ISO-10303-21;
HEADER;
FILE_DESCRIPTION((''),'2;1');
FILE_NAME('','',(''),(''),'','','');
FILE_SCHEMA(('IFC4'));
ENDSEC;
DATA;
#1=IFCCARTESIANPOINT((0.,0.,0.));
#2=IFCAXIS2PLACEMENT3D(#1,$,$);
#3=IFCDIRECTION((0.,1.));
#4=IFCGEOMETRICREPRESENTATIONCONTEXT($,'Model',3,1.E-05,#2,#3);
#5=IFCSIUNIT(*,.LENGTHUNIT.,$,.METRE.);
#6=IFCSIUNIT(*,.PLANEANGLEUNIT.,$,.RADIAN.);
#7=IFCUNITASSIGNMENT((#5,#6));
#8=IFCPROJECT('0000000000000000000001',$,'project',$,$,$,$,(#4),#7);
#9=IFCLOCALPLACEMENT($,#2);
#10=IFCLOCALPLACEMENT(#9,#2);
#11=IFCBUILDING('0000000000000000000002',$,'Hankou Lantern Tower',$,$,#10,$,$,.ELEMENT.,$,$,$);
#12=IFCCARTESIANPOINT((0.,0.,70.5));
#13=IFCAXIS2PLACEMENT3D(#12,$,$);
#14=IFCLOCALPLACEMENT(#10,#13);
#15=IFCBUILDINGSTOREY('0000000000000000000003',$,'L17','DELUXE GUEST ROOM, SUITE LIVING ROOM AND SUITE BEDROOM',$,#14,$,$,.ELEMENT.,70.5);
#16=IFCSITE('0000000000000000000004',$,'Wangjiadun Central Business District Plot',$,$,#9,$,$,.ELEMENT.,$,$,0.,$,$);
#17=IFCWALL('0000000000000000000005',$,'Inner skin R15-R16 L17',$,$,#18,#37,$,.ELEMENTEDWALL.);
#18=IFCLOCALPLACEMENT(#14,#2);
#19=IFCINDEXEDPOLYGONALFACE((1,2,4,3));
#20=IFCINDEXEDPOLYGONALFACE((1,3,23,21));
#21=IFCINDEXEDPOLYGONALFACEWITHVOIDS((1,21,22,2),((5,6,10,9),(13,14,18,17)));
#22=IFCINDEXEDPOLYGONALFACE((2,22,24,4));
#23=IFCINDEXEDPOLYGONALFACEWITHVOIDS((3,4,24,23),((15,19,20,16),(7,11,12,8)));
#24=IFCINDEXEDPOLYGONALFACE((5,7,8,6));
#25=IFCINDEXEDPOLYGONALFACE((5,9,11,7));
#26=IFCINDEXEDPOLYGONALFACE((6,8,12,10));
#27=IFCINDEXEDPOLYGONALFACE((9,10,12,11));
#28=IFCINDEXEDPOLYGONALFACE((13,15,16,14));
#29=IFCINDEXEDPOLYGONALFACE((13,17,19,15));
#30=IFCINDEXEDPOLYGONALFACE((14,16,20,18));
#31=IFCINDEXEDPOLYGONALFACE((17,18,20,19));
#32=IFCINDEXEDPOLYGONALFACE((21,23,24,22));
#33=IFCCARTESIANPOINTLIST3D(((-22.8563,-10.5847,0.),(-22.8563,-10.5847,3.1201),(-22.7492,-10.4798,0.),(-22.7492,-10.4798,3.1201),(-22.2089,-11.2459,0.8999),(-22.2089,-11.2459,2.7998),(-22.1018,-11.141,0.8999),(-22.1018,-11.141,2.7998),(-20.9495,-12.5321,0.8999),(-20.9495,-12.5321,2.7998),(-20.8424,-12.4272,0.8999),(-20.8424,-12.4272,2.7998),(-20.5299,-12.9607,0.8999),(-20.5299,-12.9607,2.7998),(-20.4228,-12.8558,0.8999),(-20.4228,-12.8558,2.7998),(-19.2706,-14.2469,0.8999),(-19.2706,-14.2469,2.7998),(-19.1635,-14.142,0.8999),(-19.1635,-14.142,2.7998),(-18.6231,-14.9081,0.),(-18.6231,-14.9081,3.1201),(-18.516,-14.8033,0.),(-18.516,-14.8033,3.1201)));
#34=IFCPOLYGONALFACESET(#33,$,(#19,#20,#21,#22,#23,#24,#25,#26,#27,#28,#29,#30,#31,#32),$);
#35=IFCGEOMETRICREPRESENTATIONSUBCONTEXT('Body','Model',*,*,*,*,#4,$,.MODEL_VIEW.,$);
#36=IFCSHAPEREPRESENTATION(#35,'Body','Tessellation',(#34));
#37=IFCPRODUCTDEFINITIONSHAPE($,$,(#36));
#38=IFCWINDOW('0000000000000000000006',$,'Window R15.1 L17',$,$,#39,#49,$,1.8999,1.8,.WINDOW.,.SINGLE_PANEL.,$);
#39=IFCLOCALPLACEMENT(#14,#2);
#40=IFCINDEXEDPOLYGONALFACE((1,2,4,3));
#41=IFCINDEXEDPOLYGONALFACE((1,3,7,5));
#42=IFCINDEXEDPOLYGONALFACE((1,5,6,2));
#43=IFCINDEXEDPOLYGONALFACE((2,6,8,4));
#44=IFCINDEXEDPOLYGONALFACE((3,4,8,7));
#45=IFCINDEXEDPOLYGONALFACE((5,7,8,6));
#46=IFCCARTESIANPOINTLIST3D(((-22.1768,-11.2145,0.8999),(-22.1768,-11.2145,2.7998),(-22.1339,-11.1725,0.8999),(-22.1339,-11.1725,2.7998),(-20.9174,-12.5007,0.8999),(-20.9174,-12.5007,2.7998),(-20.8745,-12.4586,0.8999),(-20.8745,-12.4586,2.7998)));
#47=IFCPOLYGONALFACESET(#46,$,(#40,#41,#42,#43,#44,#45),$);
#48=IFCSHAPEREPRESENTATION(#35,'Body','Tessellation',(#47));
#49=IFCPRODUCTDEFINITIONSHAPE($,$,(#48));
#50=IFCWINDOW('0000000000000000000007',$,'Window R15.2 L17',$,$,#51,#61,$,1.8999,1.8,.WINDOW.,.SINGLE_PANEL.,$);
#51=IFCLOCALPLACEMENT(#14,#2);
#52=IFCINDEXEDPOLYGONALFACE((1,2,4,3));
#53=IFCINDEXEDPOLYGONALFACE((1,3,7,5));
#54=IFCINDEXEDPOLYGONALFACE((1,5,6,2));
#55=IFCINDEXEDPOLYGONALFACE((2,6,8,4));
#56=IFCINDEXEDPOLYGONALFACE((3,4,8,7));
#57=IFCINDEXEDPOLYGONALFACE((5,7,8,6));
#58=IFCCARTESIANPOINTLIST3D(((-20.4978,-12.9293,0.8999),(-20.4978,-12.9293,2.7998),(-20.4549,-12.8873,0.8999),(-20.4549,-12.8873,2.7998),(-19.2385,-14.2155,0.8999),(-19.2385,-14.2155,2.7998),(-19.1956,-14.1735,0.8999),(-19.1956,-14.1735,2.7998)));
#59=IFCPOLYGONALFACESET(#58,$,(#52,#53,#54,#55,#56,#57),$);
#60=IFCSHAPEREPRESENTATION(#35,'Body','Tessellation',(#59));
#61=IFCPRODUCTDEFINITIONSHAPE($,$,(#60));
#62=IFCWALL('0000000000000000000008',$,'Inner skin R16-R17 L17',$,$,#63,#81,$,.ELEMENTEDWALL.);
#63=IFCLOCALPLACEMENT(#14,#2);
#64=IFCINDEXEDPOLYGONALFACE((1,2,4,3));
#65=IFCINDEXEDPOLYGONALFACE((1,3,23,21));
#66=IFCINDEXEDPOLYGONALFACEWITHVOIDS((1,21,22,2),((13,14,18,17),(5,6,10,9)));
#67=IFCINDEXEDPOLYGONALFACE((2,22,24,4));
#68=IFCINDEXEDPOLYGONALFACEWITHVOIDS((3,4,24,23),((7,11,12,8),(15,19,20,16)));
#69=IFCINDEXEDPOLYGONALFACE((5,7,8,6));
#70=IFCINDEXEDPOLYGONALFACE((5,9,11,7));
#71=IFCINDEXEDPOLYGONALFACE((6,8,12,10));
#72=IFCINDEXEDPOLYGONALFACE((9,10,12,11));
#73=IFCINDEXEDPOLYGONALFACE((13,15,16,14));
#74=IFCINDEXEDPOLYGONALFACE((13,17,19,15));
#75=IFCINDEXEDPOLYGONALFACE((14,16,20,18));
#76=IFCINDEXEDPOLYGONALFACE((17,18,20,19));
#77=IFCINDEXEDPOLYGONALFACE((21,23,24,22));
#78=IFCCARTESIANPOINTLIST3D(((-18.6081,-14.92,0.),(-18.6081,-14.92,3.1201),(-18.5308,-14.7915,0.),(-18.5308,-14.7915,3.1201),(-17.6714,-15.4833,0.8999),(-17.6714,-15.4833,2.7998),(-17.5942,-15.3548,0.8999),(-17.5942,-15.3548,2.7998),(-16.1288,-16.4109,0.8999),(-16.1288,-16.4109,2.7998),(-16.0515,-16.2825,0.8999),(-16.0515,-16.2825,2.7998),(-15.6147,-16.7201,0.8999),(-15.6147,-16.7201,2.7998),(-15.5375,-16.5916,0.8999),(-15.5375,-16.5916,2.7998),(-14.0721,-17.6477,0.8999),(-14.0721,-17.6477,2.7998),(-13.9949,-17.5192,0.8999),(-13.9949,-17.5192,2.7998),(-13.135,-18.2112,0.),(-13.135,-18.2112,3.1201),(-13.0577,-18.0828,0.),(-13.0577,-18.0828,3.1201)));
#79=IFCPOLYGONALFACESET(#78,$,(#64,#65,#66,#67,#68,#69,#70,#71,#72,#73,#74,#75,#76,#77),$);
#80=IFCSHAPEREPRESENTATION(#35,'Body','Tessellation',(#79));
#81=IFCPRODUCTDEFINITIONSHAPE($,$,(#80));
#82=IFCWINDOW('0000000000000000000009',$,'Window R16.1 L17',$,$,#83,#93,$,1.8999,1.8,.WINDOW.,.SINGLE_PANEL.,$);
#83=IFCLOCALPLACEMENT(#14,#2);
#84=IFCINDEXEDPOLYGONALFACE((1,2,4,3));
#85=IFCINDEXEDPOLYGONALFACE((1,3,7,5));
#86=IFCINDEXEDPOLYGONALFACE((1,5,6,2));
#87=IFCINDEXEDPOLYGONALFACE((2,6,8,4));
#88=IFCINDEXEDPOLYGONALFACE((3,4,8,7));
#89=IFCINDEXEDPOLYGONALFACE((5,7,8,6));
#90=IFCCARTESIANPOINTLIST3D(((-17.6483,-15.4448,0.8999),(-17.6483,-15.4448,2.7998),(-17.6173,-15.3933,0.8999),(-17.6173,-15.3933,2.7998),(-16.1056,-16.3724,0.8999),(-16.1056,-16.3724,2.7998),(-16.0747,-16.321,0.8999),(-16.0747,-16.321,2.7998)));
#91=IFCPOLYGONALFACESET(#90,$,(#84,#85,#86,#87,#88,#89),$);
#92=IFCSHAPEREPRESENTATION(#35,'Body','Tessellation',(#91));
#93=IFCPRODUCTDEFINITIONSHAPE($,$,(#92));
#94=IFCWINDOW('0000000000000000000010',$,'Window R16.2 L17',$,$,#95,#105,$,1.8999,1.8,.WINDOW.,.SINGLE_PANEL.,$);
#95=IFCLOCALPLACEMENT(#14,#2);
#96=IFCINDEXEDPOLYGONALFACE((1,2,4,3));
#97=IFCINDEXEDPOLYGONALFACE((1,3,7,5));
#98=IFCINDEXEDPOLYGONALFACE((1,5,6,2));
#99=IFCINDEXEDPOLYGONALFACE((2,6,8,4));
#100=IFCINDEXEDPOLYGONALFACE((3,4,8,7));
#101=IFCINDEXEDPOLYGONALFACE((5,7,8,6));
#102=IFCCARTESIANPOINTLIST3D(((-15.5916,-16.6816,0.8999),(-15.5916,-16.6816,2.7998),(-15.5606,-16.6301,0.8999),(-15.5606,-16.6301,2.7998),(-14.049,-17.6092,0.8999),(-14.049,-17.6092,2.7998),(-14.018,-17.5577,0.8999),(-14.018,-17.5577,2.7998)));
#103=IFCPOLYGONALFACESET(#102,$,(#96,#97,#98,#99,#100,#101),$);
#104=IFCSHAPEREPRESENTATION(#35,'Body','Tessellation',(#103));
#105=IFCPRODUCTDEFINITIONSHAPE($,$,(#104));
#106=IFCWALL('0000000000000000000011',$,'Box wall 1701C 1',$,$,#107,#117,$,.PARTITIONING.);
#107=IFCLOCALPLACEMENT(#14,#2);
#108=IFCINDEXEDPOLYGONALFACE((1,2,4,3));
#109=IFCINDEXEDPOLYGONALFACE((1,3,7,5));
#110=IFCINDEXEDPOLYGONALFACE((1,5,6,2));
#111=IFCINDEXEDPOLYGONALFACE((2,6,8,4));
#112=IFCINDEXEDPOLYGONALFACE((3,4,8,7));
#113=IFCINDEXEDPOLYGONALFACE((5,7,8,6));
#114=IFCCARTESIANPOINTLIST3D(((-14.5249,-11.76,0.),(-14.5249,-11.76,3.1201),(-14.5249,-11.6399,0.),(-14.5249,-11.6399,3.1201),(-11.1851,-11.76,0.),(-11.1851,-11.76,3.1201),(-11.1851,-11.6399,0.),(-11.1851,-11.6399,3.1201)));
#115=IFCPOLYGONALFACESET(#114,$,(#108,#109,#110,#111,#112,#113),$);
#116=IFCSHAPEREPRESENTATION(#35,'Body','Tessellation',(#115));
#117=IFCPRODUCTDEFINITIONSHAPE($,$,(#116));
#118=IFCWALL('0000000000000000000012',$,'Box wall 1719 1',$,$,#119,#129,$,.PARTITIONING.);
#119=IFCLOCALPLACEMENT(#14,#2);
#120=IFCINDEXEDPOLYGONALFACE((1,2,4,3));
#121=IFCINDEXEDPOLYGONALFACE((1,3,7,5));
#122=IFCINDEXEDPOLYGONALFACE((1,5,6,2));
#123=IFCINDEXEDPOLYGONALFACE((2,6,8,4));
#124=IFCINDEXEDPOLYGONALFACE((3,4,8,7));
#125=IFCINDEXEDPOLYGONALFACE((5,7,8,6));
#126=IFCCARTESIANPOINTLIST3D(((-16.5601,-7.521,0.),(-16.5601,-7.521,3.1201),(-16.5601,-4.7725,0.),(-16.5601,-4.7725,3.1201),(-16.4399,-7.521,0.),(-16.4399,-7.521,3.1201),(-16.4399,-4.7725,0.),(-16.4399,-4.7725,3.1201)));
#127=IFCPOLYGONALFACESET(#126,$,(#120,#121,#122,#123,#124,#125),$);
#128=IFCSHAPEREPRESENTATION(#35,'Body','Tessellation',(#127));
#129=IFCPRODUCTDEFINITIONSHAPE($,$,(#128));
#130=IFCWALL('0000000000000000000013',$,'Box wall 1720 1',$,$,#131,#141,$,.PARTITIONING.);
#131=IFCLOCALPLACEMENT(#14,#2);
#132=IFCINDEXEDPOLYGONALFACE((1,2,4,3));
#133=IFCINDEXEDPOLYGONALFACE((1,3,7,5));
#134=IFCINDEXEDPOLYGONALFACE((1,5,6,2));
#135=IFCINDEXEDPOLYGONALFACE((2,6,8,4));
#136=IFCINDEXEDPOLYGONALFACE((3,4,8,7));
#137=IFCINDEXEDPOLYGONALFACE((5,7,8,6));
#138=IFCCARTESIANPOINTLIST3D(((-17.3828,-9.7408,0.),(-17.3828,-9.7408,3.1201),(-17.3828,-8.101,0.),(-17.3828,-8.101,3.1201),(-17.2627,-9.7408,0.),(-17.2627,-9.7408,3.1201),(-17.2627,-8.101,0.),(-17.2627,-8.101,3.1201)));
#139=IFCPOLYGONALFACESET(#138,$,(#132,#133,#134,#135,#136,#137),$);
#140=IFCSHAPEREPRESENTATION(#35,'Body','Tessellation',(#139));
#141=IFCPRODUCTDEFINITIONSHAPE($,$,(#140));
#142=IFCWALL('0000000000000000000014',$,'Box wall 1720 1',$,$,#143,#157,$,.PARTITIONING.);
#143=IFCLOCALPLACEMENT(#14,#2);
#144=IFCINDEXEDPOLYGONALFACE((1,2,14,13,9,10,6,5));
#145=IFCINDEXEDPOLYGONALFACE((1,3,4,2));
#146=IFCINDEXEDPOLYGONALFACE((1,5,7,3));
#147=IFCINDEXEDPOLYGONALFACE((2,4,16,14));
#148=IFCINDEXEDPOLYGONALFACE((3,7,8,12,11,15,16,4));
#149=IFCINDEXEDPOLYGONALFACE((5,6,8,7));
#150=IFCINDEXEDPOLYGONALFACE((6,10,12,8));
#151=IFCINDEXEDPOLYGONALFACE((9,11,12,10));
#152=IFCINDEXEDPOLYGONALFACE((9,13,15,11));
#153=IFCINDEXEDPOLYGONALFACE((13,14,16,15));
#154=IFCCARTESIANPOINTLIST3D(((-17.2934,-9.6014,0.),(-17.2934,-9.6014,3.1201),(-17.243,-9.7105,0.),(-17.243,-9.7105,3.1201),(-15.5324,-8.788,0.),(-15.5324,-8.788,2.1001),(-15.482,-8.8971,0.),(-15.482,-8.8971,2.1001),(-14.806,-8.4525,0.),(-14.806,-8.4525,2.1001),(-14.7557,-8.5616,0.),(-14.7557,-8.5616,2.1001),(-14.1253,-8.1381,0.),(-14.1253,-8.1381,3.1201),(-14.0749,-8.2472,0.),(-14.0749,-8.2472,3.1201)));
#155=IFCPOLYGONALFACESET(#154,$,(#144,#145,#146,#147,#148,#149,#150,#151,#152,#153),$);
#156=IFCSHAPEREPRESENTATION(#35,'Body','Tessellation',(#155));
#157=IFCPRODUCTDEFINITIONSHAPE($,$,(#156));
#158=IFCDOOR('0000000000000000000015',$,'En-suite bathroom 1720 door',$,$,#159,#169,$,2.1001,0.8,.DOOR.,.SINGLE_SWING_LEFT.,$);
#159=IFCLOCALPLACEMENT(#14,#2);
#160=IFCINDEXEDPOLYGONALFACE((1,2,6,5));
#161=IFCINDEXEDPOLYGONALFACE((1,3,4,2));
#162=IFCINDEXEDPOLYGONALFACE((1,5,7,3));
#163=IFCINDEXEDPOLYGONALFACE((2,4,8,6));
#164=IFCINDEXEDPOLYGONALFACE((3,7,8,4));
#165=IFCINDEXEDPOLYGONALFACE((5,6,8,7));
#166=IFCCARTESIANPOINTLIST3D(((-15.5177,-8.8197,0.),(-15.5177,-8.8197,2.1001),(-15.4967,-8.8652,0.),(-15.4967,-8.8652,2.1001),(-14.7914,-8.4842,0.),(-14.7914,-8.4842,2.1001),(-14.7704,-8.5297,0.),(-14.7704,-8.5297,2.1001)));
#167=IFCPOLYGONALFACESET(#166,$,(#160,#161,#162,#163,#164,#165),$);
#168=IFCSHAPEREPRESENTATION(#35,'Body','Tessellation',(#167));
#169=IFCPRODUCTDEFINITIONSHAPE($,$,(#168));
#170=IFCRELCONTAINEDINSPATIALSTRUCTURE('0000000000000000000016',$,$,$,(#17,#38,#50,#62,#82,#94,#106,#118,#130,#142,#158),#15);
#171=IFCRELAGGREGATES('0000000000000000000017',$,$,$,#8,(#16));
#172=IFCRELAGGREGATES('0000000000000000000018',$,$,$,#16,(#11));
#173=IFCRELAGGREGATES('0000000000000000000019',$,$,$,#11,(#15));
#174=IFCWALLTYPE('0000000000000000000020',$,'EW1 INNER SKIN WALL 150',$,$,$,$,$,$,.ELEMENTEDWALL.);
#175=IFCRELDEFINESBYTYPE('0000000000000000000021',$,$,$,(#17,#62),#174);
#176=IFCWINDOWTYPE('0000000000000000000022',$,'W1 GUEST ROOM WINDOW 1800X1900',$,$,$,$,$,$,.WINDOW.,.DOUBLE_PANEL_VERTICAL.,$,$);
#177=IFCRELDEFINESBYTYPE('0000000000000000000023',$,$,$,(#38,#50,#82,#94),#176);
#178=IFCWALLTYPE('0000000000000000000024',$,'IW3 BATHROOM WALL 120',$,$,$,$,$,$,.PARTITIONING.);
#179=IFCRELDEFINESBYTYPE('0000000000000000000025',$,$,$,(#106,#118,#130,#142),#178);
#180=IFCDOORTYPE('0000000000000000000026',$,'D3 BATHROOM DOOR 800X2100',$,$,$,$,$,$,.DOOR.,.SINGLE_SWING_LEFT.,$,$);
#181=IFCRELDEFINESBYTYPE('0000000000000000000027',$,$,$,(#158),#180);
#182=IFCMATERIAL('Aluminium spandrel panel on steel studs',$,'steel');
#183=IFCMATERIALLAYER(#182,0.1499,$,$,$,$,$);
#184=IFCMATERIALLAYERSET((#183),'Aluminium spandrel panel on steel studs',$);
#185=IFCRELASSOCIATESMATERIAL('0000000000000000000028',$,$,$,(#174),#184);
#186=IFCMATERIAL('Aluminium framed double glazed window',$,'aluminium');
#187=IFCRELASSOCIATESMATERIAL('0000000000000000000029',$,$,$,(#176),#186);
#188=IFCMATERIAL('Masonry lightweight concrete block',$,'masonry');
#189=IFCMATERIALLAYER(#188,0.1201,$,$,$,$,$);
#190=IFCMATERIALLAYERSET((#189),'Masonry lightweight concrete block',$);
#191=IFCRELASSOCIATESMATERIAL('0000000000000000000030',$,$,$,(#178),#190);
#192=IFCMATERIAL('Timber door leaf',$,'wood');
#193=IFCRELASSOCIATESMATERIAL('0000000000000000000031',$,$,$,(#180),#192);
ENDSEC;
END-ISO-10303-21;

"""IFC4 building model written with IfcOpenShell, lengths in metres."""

from ifc_helpers import new_model, si_unit, direction, frame, frame_2d, origin, place, context, subcontext, project, spatial, rectangle, extrude, material, layer, layer_set, type_object, element, fill, save


model = new_model("IFC4")

# Units and contexts
model_context = context("Model", 3, precision=1e-05, world=origin(), true_north=direction((0.0, 1.0)))
body_context = subcontext(model_context, "Body", "Model", "MODEL_VIEW")
ifc_project = project(units=[si_unit("LENGTHUNIT", "METRE"), si_unit("PLANEANGLEUNIT", "RADIAN")], contexts=[model_context])

# Site, building, storey
site_placement = place(None, origin())
site = spatial("IfcSite", under=ifc_project, at=site_placement, Name="Wangjiadun Central Business District Plot", CompositionType="ELEMENT", RefElevation=0.0)
building_placement = place(site_placement, origin())
building = spatial("IfcBuilding", under=site, at=building_placement, Name="Hankou Lantern Tower", CompositionType="ELEMENT")
storey_placement = place(building_placement, frame((0.0, 0.0, 70.5)))
storey = spatial("IfcBuildingStorey", under=building, at=storey_placement, Name="L17", Description="DELUXE GUEST ROOM, SUITE LIVING ROOM AND SUITE BEDROOM", CompositionType="ELEMENT", Elevation=70.5)

# Walls, openings, windows
ifc_material_1 = material(Name="Aluminium spandrel panel on steel studs", Category="steel")
ifc_layer_1 = layer(ifc_material_1, 0.1499)
ifc_layer_set_1 = layer_set([ifc_layer_1], Name="Aluminium spandrel panel on steel studs")
wall_type_1 = type_object("IfcWallType", Name="EW1 INNER SKIN WALL 150", PredefinedType="ELEMENTEDWALL", material=ifc_layer_set_1)
wall_1_placement = place(storey_placement, frame((-22.8027, -10.5322, 0.0), z_axis=(0.0, 0.0, 1.0), x_axis=(0.699603, -0.714532, 0.0)))
wall_1 = element("IfcWall", 1, at=wall_1_placement, inside=storey, type_object=wall_type_1, Name="Inner skin R15-R16 L17", PredefinedType="ELEMENTEDWALL", context=body_context, shape_type="SweptSolid", body=[
    extrude(rectangle(XDim=6.0508, YDim=0.1499, at=frame_2d((3.0254, 0.0))), origin(), (0.0, 0.0, 1.0), 3.1201),
])
opening_1_placement = place(wall_1_placement, frame((0.9255, 0.0, 0.8999)))
opening_1 = element("IfcOpeningElement", 2, at=opening_1_placement, cuts=wall_1, PredefinedType="OPENING", context=body_context, shape_type="SweptSolid", body=[
    extrude(rectangle(XDim=1.8, YDim=1.8999, at=frame_2d((0.8999, 0.95))), frame((0.0, 0.085, 0.0), z_axis=(0.0, -1.0, 0.0), x_axis=(1.0, 0.0, 0.0)), (0.0, 0.0, 1.0), 0.1699),
])
opening_2_placement = place(wall_1_placement, frame((3.3254, 0.0, 0.8999)))
opening_2 = element("IfcOpeningElement", 3, at=opening_2_placement, cuts=wall_1, PredefinedType="OPENING", context=body_context, shape_type="SweptSolid", body=[
    extrude(rectangle(XDim=1.8, YDim=1.8999, at=frame_2d((0.8999, 0.95))), frame((0.0, 0.085, 0.0), z_axis=(0.0, -1.0, 0.0), x_axis=(1.0, 0.0, 0.0)), (0.0, 0.0, 1.0), 0.1699),
])
ifc_material_2 = material(Name="Aluminium framed double glazed window", Category="aluminium")
window_type = type_object("IfcWindowType", Name="W1 GUEST ROOM WINDOW 1800X1900", PartitioningType="DOUBLE_PANEL_VERTICAL", PredefinedType="WINDOW", material=ifc_material_2)
window_1_placement = place(opening_1_placement, origin())
window_1 = element("IfcWindow", 4, at=window_1_placement, inside=storey, type_object=window_type, Name="Window R15.1 L17", OverallHeight=1.8999, OverallWidth=1.8, PartitioningType="SINGLE_PANEL", PredefinedType="WINDOW", context=body_context, shape_type="SweptSolid", body=[
    extrude(rectangle(XDim=1.8, YDim=1.8999, at=frame_2d((0.8999, 0.95))), frame((0.0, 0.03, 0.0), z_axis=(0.0, -1.0, 0.0), x_axis=(1.0, 0.0, 0.0)), (0.0, 0.0, 1.0), 0.0601),
])
fill(opening_1, window_1)
window_2_placement = place(opening_2_placement, origin())
window_2 = element("IfcWindow", 5, at=window_2_placement, inside=storey, type_object=window_type, Name="Window R15.2 L17", OverallHeight=1.8999, OverallWidth=1.8, PartitioningType="SINGLE_PANEL", PredefinedType="WINDOW", context=body_context, shape_type="SweptSolid", body=[
    extrude(rectangle(XDim=1.8, YDim=1.8999, at=frame_2d((0.8999, 0.95))), frame((0.0, 0.03, 0.0), z_axis=(0.0, -1.0, 0.0), x_axis=(1.0, 0.0, 0.0)), (0.0, 0.0, 1.0), 0.0601),
])
fill(opening_2, window_2)
wall_2_placement = place(storey_placement, frame((-18.5696, -14.8557, 0.0), z_axis=(0.0, 0.0, 1.0), x_axis=(0.856983, -0.515344, 0.0)))
wall_2 = element("IfcWall", 6, at=wall_2_placement, inside=storey, type_object=wall_type_1, Name="Inner skin R16-R17 L17", PredefinedType="ELEMENTEDWALL", context=body_context, shape_type="SweptSolid", body=[
    extrude(rectangle(XDim=6.3865, YDim=0.1499, at=frame_2d((3.1934, 0.0))), origin(), (0.0, 0.0, 1.0), 3.1201),
])
opening_3_placement = place(wall_2_placement, frame((1.0933, 0.0, 0.8999)))
opening_3 = element("IfcOpeningElement", 7, at=opening_3_placement, cuts=wall_2, PredefinedType="OPENING", context=body_context, shape_type="SweptSolid", body=[
    extrude(rectangle(XDim=1.8, YDim=1.8999, at=frame_2d((0.8999, 0.95))), frame((0.0, 0.085, 0.0), z_axis=(0.0, -1.0, 0.0), x_axis=(1.0, 0.0, 0.0)), (0.0, 0.0, 1.0), 0.1699),
])
opening_4_placement = place(wall_2_placement, frame((3.4932, 0.0, 0.8999)))
opening_4 = element("IfcOpeningElement", 8, at=opening_4_placement, cuts=wall_2, PredefinedType="OPENING", context=body_context, shape_type="SweptSolid", body=[
    extrude(rectangle(XDim=1.8, YDim=1.8999, at=frame_2d((0.8999, 0.95))), frame((0.0, 0.085, 0.0), z_axis=(0.0, -1.0, 0.0), x_axis=(1.0, 0.0, 0.0)), (0.0, 0.0, 1.0), 0.1699),
])
window_3_placement = place(opening_3_placement, origin())
window_3 = element("IfcWindow", 9, at=window_3_placement, inside=storey, type_object=window_type, Name="Window R16.1 L17", OverallHeight=1.8999, OverallWidth=1.8, PartitioningType="SINGLE_PANEL", PredefinedType="WINDOW", context=body_context, shape_type="SweptSolid", body=[
    extrude(rectangle(XDim=1.8, YDim=1.8999, at=frame_2d((0.8999, 0.95))), frame((0.0, 0.03, 0.0), z_axis=(0.0, -1.0, 0.0), x_axis=(1.0, 0.0, 0.0)), (0.0, 0.0, 1.0), 0.0601),
])
fill(opening_3, window_3)
window_4_placement = place(opening_4_placement, origin())
window_4 = element("IfcWindow", 10, at=window_4_placement, inside=storey, type_object=window_type, Name="Window R16.2 L17", OverallHeight=1.8999, OverallWidth=1.8, PartitioningType="SINGLE_PANEL", PredefinedType="WINDOW", context=body_context, shape_type="SweptSolid", body=[
    extrude(rectangle(XDim=1.8, YDim=1.8999, at=frame_2d((0.8999, 0.95))), frame((0.0, 0.03, 0.0), z_axis=(0.0, -1.0, 0.0), x_axis=(1.0, 0.0, 0.0)), (0.0, 0.0, 1.0), 0.0601),
])
fill(opening_4, window_4)

# Walls
ifc_material_3 = material(Name="Masonry lightweight concrete block", Category="masonry")
ifc_layer_2 = layer(ifc_material_3, 0.1201)
ifc_layer_set_2 = layer_set([ifc_layer_2], Name="Masonry lightweight concrete block")
wall_type_2 = type_object("IfcWallType", Name="IW3 BATHROOM WALL 120", PredefinedType="PARTITIONING", material=ifc_layer_set_2)
wall_3_placement = place(storey_placement, frame((-14.5249, -11.7, 0.0), z_axis=(0.0, 0.0, 1.0), x_axis=(1.0, 0.0, 0.0)))
element("IfcWall", 11, at=wall_3_placement, inside=storey, type_object=wall_type_2, Name="Box wall 1701C 1", PredefinedType="PARTITIONING", context=body_context, shape_type="SweptSolid", body=[
    extrude(rectangle(XDim=3.3398, YDim=0.1201, at=frame_2d((1.6699, 0.0))), origin(), (0.0, 0.0, 1.0), 3.1201),
])
wall_4_placement = place(storey_placement, frame((-16.5, -7.521, 0.0), z_axis=(0.0, 0.0, 1.0), x_axis=(0.0, 1.0, 0.0)))
element("IfcWall", 12, at=wall_4_placement, inside=storey, type_object=wall_type_2, Name="Box wall 1719 1", PredefinedType="PARTITIONING", context=body_context, shape_type="SweptSolid", body=[
    extrude(rectangle(XDim=2.7485, YDim=0.1201, at=frame_2d((1.3743, 0.0))), origin(), (0.0, 0.0, 1.0), 3.1201),
])
wall_5_placement = place(storey_placement, frame((-17.3228, -8.1011, 0.0), z_axis=(0.0, 0.0, 1.0), x_axis=(0.0, -1.0, 0.0)))
element("IfcWall", 13, at=wall_5_placement, inside=storey, type_object=wall_type_2, Name="Box wall 1720 1", PredefinedType="PARTITIONING", context=body_context, shape_type="SweptSolid", body=[
    extrude(rectangle(XDim=1.6399, YDim=0.1201, at=frame_2d((0.8198, 0.0))), origin(), (0.0, 0.0, 1.0), 3.1201),
])

# Wall, opening, door
wall_6_placement = place(storey_placement, frame((-14.1001, -8.1926, 0.0), z_axis=(0.0, 0.0, 1.0), x_axis=(-0.907836, -0.419324, 0.0)))
wall_6 = element("IfcWall", 14, at=wall_6_placement, inside=storey, type_object=wall_type_2, Name="Box wall 1720 1", PredefinedType="PARTITIONING", context=body_context, shape_type="SweptSolid", body=[
    extrude(rectangle(XDim=3.4897, YDim=0.1201, at=frame_2d((1.7449, 0.0))), origin(), (0.0, 0.0, 1.0), 3.1201),
])
opening_5_placement = place(wall_6_placement, frame((0.75, 0.0, 0.0)))
opening_5 = element("IfcOpeningElement", 15, at=opening_5_placement, cuts=wall_6, PredefinedType="OPENING", context=body_context, shape_type="SweptSolid", body=[
    extrude(rectangle(XDim=0.8, YDim=2.1001, at=frame_2d((0.3999, 1.05))), frame((0.0, 0.0701, 0.0), z_axis=(0.0, -1.0, 0.0), x_axis=(1.0, 0.0, 0.0)), (0.0, 0.0, 1.0), 0.1401),
])
ifc_material_4 = material(Name="Timber door leaf", Category="wood")
door_type = type_object("IfcDoorType", Name="D3 BATHROOM DOOR 800X2100", OperationType="SINGLE_SWING_LEFT", PredefinedType="DOOR", material=ifc_material_4)
door_placement = place(opening_5_placement, origin())
door = element("IfcDoor", 16, at=door_placement, inside=storey, type_object=door_type, Name="En-suite bathroom 1720 door", OperationType="SINGLE_SWING_LEFT", OverallHeight=2.1001, OverallWidth=0.8, PredefinedType="DOOR", context=body_context, shape_type="SweptSolid", body=[
    extrude(rectangle(XDim=0.8, YDim=2.1001, at=frame_2d((0.3999, 1.05))), frame((0.0, 0.0249, 0.0), z_axis=(0.0, -1.0, 0.0), x_axis=(1.0, 0.0, 0.0)), (0.0, 0.0, 1.0), 0.05),
])
fill(opening_5, door)

save(model, "model.ifc")
